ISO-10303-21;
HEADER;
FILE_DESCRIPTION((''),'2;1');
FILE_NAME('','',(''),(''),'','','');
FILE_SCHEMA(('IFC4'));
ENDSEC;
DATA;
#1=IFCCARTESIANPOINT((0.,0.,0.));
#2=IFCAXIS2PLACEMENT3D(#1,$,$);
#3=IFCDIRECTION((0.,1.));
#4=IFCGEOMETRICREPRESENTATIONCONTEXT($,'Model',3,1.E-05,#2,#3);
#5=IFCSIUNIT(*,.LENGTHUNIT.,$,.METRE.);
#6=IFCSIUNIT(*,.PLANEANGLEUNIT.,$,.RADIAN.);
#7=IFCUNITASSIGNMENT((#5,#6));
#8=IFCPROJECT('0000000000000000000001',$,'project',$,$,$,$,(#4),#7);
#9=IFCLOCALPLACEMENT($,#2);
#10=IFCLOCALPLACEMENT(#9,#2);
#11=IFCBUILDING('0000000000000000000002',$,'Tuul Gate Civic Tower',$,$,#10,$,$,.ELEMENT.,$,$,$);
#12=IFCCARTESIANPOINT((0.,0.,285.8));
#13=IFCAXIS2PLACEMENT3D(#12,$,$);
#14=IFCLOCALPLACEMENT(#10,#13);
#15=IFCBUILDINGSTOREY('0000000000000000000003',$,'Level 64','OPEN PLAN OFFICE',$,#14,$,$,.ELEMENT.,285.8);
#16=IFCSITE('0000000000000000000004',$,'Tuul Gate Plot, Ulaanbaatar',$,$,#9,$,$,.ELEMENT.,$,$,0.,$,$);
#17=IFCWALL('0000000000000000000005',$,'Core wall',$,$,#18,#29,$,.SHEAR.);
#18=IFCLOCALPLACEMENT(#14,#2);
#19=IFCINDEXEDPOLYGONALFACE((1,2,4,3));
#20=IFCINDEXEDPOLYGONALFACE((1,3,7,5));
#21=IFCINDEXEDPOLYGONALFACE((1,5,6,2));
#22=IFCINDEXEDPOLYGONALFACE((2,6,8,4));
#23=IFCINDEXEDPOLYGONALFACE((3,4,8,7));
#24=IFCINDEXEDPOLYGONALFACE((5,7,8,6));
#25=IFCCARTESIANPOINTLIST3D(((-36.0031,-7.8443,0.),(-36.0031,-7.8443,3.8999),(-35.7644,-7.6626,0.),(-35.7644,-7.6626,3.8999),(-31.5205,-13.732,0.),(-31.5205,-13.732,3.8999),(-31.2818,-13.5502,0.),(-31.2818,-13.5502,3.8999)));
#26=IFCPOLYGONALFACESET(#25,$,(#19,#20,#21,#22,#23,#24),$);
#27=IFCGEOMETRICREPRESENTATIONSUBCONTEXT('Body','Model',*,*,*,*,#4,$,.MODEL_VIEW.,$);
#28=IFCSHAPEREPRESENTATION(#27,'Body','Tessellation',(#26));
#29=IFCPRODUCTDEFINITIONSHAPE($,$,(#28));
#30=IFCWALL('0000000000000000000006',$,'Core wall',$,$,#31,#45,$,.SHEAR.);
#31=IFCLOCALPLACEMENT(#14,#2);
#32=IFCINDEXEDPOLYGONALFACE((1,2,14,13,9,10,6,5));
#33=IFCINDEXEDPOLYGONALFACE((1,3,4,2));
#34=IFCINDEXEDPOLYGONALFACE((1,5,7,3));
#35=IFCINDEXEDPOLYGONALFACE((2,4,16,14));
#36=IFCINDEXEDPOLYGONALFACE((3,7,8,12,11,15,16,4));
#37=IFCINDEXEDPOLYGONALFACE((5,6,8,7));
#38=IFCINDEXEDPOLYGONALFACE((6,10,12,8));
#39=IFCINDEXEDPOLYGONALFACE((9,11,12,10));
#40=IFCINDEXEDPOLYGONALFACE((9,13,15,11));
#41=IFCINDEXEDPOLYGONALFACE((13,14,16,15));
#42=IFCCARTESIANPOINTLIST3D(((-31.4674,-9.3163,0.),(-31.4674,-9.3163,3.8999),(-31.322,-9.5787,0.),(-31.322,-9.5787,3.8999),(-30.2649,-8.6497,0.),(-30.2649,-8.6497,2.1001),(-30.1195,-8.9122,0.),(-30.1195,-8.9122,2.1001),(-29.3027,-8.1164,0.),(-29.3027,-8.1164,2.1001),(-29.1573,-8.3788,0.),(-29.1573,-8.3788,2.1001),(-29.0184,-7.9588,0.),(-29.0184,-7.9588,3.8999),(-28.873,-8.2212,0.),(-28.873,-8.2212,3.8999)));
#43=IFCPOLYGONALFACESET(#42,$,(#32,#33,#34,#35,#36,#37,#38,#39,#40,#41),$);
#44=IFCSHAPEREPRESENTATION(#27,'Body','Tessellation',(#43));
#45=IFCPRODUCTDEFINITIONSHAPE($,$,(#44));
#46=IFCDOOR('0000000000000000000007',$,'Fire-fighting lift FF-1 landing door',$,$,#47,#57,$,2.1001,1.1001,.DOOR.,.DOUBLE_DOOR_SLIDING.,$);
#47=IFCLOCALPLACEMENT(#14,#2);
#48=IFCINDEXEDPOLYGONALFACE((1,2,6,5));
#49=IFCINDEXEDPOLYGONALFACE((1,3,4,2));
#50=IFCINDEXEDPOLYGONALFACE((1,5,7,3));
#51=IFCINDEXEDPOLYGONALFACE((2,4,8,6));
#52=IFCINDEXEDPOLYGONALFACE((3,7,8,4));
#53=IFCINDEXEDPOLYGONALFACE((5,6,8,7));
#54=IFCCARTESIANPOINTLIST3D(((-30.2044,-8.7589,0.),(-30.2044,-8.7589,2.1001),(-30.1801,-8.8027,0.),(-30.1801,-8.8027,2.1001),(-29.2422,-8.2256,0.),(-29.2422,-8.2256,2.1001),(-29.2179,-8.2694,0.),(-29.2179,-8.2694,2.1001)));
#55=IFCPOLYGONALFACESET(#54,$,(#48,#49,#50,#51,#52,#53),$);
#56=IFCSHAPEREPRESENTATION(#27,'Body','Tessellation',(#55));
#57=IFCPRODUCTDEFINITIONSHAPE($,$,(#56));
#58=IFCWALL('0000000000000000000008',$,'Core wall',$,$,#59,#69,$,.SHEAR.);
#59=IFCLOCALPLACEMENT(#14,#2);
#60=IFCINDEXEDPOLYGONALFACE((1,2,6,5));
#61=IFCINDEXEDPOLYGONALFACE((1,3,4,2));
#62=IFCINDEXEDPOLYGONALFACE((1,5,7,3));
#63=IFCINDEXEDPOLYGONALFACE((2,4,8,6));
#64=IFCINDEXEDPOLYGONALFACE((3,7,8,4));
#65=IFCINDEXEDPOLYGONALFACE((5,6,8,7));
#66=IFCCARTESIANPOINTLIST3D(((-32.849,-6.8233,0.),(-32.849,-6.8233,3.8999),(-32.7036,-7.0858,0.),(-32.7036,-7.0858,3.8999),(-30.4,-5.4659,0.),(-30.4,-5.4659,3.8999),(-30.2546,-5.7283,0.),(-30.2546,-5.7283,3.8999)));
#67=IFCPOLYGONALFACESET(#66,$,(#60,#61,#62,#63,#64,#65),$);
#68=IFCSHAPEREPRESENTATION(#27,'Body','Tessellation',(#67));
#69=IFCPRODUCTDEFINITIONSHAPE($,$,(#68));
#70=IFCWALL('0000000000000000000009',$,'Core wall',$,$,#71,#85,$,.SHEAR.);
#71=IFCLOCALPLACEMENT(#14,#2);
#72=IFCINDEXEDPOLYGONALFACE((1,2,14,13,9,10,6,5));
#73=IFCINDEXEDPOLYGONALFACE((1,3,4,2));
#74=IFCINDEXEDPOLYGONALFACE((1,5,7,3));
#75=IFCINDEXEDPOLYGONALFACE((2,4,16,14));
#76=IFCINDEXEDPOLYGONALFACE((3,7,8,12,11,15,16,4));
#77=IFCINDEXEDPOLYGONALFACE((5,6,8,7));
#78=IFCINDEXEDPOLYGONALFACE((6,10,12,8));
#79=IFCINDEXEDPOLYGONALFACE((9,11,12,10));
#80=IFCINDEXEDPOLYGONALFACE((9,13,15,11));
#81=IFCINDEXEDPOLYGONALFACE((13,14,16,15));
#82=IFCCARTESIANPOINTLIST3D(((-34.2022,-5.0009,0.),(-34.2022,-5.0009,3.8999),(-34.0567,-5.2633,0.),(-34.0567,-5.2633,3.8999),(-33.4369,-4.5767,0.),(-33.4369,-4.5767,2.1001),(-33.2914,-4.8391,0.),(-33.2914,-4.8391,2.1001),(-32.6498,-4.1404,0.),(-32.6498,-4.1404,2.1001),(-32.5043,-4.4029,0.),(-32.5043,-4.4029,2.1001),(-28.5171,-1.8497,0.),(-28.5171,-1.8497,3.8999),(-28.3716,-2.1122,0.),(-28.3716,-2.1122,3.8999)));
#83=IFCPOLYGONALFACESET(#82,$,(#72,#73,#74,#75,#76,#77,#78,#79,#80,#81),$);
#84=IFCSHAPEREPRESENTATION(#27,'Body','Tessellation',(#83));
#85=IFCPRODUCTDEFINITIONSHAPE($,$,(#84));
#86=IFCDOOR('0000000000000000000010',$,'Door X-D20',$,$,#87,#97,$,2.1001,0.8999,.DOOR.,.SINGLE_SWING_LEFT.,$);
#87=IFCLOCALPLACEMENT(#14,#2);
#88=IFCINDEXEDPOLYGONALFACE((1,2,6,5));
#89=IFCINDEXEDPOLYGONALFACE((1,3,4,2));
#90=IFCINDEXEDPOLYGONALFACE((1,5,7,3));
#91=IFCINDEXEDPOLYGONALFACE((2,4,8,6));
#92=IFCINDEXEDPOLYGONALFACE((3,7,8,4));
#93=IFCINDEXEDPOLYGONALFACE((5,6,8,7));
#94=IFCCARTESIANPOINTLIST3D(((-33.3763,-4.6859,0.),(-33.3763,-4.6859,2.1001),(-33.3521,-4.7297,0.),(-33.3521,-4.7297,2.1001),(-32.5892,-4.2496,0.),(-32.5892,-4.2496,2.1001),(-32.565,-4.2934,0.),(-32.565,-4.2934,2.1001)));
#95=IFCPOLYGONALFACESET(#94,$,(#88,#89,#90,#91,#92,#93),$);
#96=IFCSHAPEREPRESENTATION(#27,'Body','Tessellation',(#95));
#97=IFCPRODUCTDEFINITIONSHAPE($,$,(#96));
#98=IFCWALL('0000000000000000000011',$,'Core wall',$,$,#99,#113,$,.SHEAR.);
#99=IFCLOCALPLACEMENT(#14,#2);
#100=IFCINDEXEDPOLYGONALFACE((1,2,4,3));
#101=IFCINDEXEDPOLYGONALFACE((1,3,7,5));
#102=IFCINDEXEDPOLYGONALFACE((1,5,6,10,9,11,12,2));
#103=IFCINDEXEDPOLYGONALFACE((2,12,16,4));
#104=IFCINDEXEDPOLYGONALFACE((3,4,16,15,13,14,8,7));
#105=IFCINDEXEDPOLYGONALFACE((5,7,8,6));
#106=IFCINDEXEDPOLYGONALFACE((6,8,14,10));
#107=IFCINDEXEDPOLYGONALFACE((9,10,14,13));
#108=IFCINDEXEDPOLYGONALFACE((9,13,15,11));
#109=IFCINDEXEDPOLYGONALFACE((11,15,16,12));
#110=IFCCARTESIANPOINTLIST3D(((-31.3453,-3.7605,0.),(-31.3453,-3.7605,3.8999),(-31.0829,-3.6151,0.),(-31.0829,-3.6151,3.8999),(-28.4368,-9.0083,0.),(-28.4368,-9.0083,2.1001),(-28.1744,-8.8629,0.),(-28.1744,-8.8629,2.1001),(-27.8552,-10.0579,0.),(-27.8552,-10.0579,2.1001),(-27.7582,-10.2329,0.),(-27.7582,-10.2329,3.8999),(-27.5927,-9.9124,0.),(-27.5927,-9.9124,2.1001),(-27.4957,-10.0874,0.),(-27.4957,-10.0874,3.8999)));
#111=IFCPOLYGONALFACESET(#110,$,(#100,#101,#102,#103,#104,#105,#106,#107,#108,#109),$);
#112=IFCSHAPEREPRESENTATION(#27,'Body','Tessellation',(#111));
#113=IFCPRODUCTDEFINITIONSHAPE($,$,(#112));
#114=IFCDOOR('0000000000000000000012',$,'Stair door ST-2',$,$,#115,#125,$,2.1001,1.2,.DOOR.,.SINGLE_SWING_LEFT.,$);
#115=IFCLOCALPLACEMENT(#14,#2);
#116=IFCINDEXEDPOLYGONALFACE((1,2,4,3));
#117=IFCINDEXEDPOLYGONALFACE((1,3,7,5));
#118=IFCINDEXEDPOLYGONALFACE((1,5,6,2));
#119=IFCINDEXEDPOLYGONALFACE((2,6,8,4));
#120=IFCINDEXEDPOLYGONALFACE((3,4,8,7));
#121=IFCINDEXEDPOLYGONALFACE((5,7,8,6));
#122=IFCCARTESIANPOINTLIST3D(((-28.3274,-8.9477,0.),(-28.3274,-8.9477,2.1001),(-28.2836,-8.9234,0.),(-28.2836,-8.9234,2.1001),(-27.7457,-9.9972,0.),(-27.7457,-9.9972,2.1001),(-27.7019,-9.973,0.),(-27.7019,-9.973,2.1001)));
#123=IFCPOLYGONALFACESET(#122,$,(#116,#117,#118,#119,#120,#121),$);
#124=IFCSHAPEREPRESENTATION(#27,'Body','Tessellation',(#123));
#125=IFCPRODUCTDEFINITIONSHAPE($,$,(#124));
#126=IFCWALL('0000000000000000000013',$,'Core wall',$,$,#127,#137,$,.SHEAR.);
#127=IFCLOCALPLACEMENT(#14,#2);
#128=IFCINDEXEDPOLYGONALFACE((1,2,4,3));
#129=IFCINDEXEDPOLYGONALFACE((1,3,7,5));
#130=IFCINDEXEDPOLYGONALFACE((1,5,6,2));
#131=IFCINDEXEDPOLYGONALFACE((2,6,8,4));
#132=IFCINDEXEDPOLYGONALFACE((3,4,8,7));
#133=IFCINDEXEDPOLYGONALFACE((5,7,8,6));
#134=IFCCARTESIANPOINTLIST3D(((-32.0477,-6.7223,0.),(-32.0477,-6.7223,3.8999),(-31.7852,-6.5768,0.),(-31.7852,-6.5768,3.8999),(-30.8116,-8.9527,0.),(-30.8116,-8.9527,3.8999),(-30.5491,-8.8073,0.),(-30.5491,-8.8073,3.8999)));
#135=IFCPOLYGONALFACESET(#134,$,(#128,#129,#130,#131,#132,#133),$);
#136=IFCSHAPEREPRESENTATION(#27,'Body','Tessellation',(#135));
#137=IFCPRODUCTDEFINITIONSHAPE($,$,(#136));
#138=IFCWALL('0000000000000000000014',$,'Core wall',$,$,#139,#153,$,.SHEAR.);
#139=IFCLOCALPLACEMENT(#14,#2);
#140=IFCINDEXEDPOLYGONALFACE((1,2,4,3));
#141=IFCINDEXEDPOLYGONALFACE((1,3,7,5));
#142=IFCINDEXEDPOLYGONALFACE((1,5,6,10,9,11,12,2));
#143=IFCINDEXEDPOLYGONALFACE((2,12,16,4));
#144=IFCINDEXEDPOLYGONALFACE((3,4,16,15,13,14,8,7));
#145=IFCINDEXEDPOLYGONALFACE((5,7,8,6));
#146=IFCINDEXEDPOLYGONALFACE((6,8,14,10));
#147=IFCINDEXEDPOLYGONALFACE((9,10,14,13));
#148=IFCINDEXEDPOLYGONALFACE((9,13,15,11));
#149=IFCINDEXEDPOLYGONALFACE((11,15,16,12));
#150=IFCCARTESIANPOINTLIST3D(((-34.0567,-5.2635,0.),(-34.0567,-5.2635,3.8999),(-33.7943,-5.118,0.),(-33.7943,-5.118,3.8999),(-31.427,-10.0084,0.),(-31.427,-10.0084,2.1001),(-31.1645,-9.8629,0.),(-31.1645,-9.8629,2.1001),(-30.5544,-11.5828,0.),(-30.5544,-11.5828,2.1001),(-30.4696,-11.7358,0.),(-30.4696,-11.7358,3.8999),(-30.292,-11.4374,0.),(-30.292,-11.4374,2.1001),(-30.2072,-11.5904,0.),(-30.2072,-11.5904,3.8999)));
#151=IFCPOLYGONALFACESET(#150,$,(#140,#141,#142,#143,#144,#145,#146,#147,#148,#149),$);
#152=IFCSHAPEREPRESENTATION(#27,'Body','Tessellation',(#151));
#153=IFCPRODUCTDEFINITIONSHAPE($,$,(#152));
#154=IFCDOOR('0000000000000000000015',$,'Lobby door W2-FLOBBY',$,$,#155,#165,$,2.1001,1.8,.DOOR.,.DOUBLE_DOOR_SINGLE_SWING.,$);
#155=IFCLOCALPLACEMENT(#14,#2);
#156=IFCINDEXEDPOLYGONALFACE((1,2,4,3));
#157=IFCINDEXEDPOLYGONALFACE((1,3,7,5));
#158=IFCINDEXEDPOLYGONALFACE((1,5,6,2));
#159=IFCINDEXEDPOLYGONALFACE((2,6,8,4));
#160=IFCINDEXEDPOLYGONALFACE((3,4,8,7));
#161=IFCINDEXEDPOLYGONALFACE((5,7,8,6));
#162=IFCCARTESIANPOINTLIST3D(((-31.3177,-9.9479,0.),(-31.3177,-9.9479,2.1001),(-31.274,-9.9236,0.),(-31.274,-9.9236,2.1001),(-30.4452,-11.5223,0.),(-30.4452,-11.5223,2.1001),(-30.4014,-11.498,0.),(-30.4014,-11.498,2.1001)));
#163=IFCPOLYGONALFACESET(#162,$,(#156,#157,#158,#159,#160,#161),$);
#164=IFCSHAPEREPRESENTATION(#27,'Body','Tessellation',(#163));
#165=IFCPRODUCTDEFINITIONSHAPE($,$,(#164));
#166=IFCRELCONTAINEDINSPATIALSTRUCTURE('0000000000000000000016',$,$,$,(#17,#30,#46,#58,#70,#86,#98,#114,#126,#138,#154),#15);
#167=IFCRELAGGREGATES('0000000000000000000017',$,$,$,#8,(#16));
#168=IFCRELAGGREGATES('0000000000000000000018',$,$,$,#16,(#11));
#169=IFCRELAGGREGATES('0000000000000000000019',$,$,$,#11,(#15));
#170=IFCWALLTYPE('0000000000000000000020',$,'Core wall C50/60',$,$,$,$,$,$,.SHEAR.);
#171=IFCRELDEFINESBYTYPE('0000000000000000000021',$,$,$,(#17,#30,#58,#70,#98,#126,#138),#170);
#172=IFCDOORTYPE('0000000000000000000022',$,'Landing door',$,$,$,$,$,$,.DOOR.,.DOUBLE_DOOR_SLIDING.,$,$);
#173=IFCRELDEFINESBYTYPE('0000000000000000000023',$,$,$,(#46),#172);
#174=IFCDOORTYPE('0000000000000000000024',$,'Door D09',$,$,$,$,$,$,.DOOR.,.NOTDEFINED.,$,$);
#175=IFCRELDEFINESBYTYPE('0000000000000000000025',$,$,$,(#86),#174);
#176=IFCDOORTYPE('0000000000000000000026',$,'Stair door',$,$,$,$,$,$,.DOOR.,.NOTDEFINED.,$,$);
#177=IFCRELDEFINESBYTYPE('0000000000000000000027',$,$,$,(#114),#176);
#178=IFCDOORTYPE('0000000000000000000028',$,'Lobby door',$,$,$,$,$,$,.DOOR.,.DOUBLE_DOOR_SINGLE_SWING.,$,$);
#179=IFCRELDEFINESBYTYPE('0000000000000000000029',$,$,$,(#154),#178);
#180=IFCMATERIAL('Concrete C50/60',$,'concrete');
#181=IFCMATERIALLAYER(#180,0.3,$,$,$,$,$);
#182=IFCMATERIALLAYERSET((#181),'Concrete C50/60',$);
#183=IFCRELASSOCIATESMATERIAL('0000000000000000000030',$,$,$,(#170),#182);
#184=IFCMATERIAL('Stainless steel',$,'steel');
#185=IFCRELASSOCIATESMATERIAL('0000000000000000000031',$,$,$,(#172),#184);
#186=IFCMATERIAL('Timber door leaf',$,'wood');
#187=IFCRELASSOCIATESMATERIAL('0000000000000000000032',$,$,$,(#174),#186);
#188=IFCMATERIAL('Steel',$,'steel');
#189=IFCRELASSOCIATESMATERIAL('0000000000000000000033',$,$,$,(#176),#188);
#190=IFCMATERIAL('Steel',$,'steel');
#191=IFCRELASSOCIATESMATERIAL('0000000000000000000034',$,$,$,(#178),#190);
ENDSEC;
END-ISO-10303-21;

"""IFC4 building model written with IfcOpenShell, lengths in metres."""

from ifc_helpers import new_model, si_unit, direction, frame, frame_2d, origin, place, context, subcontext, project, spatial, rectangle, extrude, material, layer, layer_set, type_object, element, fill, save


model = new_model("IFC4")

# Units and contexts
model_context = context("Model", 3, precision=1e-05, world=origin(), true_north=direction((0.0, 1.0)))
body_context = subcontext(model_context, "Body", "Model", "MODEL_VIEW")
ifc_project = project(units=[si_unit("LENGTHUNIT", "METRE"), si_unit("PLANEANGLEUNIT", "RADIAN")], contexts=[model_context])

# Site, building, storey
site_placement = place(None, origin())
site = spatial("IfcSite", under=ifc_project, at=site_placement, Name="Tuul Gate Plot, Ulaanbaatar", CompositionType="ELEMENT", RefElevation=0.0)
building_placement = place(site_placement, origin())
building = spatial("IfcBuilding", under=site, at=building_placement, Name="Tuul Gate Civic Tower", CompositionType="ELEMENT")
storey_placement = place(building_placement, frame((0.0, 0.0, 285.8)))
storey = spatial("IfcBuildingStorey", under=building, at=storey_placement, Name="Level 64", Description="OPEN PLAN OFFICE", CompositionType="ELEMENT", Elevation=285.8)

# Wall
ifc_material_1 = material(Name="Concrete C50/60", Category="concrete")
ifc_layer_1 = layer(ifc_material_1, 0.3)
ifc_layer_set_1 = layer_set([ifc_layer_1], Name="Concrete C50/60")
wall_type_1 = type_object("IfcWallType", Name="Core wall C50/60", PredefinedType="SHEAR", material=ifc_layer_set_1)
wall_1_placement = place(storey_placement, frame((-31.4011, -13.6411, 0.0), z_axis=(0.0, 0.0, 1.0), x_axis=(-0.60577, 0.79564, 0.0)))
element("IfcWall", 1, at=wall_1_placement, inside=storey, type_object=wall_type_1, Name="Core wall", PredefinedType="SHEAR", context=body_context, shape_type="SweptSolid", body=[
    extrude(rectangle(XDim=7.3999, YDim=0.3, at=frame_2d((3.7, 0.0))), origin(), (0.0, 0.0, 1.0), 3.8999),
])

# Wall, opening, door
wall_2_placement = place(storey_placement, frame((-28.9458, -8.0901, 0.0), z_axis=(0.0, 0.0, 1.0), x_axis=(-0.87463, -0.484791, 0.0)))
wall_2 = element("IfcWall", 2, at=wall_2_placement, inside=storey, type_object=wall_type_1, Name="Core wall", PredefinedType="SHEAR", context=body_context, shape_type="SweptSolid", body=[
    extrude(rectangle(XDim=2.8, YDim=0.3, at=frame_2d((1.3999, 0.0))), origin(), (0.0, 0.0, 1.0), 3.8999),
])
opening_1_placement = place(wall_2_placement, frame((0.325, 0.0, 0.0)))
opening_1 = element("IfcOpeningElement", 3, at=opening_1_placement, cuts=wall_2, PredefinedType="OPENING", context=body_context, shape_type="SweptSolid", body=[
    extrude(rectangle(XDim=1.1001, YDim=2.1001, at=frame_2d((0.55, 1.05))), frame((0.0, 0.1602, 0.0), z_axis=(0.0, -1.0, 0.0), x_axis=(1.0, 0.0, 0.0)), (0.0, 0.0, 1.0), 0.3201),
])
ifc_material_2 = material(Name="Stainless steel", Category="steel")
door_type_1 = type_object("IfcDoorType", Name="Landing door", OperationType="DOUBLE_DOOR_SLIDING", PredefinedType="DOOR", material=ifc_material_2)
door_1_placement = place(opening_1_placement, origin())
door_1 = element("IfcDoor", 4, at=door_1_placement, inside=storey, type_object=door_type_1, Name="Fire-fighting lift FF-1 landing door", OperationType="DOUBLE_DOOR_SLIDING", OverallHeight=2.1001, OverallWidth=1.1001, PredefinedType="DOOR", context=body_context, shape_type="SweptSolid", body=[
    extrude(rectangle(XDim=1.1001, YDim=2.1001, at=frame_2d((0.55, 1.05))), frame((0.0, 0.0249, 0.0), z_axis=(0.0, -1.0, 0.0), x_axis=(1.0, 0.0, 0.0)), (0.0, 0.0, 1.0), 0.05),
])
fill(opening_1, door_1)

# Wall
wall_3_placement = place(storey_placement, frame((-30.3274, -5.5972, 0.0), z_axis=(0.0, 0.0, 1.0), x_axis=(-0.87463, -0.484791, 0.0)))
element("IfcWall", 5, at=wall_3_placement, inside=storey, type_object=wall_type_1, Name="Core wall", PredefinedType="SHEAR", context=body_context, shape_type="SweptSolid", body=[
    extrude(rectangle(XDim=2.8, YDim=0.3, at=frame_2d((1.3999, 0.0))), origin(), (0.0, 0.0, 1.0), 3.8999),
])

# Walls, openings, doors
wall_4_placement = place(storey_placement, frame((-28.4443, -1.981, 0.0), z_axis=(0.0, 0.0, 1.0), x_axis=(-0.87463, -0.484791, 0.0)))
wall_4 = element("IfcWall", 6, at=wall_4_placement, inside=storey, type_object=wall_type_1, Name="Core wall", PredefinedType="SHEAR", context=body_context, shape_type="SweptSolid", body=[
    extrude(rectangle(XDim=6.5, YDim=0.3, at=frame_2d((3.25, 0.0))), origin(), (0.0, 0.0, 1.0), 3.8999),
])
opening_2_placement = place(wall_4_placement, frame((4.7251, 0.0, 0.0)))
opening_2 = element("IfcOpeningElement", 7, at=opening_2_placement, cuts=wall_4, PredefinedType="OPENING", context=body_context, shape_type="SweptSolid", body=[
    extrude(rectangle(XDim=0.8999, YDim=2.1001, at=frame_2d((0.45, 1.05))), frame((0.0, 0.1602, 0.0), z_axis=(0.0, -1.0, 0.0), x_axis=(1.0, 0.0, 0.0)), (0.0, 0.0, 1.0), 0.3201),
])
ifc_material_3 = material(Name="Timber door leaf", Category="wood")
door_type_2 = type_object("IfcDoorType", Name="Door D09", OperationType="NOTDEFINED", PredefinedType="DOOR", material=ifc_material_3)
door_2_placement = place(opening_2_placement, origin())
door_2 = element("IfcDoor", 8, at=door_2_placement, inside=storey, type_object=door_type_2, Name="Door X-D20", OperationType="SINGLE_SWING_LEFT", OverallHeight=2.1001, OverallWidth=0.8999, PredefinedType="DOOR", context=body_context, shape_type="SweptSolid", body=[
    extrude(rectangle(XDim=0.8999, YDim=2.1001, at=frame_2d((0.45, 1.05))), frame((0.0, 0.0249, 0.0), z_axis=(0.0, -1.0, 0.0), x_axis=(1.0, 0.0, 0.0)), (0.0, 0.0, 1.0), 0.05),
])
fill(opening_2, door_2)
wall_5_placement = place(storey_placement, frame((-27.627, -10.1602, 0.0), z_axis=(0.0, 0.0, 1.0), x_axis=(-0.484752, 0.874652, 0.0)))
wall_5 = element("IfcWall", 9, at=wall_5_placement, inside=storey, type_object=wall_type_1, Name="Core wall", PredefinedType="SHEAR", context=body_context, shape_type="SweptSolid", body=[
    extrude(rectangle(XDim=7.3999, YDim=0.3, at=frame_2d((3.7, 0.0))), origin(), (0.0, 0.0, 1.0), 3.8999),
])
opening_3_placement = place(wall_5_placement, frame((0.2, 0.0, 0.0)))
opening_3 = element("IfcOpeningElement", 10, at=opening_3_placement, cuts=wall_5, PredefinedType="OPENING", context=body_context, shape_type="SweptSolid", body=[
    extrude(rectangle(XDim=1.2, YDim=2.1001, at=frame_2d((0.6001, 1.05))), frame((0.0, 0.1602, 0.0), z_axis=(0.0, -1.0, 0.0), x_axis=(1.0, 0.0, 0.0)), (0.0, 0.0, 1.0), 0.3201),
])
ifc_material_4 = material(Name="Steel", Category="steel")
door_type_3 = type_object("IfcDoorType", Name="Stair door", OperationType="NOTDEFINED", PredefinedType="DOOR", material=ifc_material_4)
door_3_placement = place(opening_3_placement, origin())
door_3 = element("IfcDoor", 11, at=door_3_placement, inside=storey, type_object=door_type_3, Name="Stair door ST-2", OperationType="SINGLE_SWING_LEFT", OverallHeight=2.1001, OverallWidth=1.2, PredefinedType="DOOR", context=body_context, shape_type="SweptSolid", body=[
    extrude(rectangle(XDim=1.2, YDim=2.1001, at=frame_2d((0.6001, 1.05))), frame((0.0, 0.0249, 0.0), z_axis=(0.0, -1.0, 0.0), x_axis=(1.0, 0.0, 0.0)), (0.0, 0.0, 1.0), 0.05),
])
fill(opening_3, door_3)

# Wall
wall_6_placement = place(storey_placement, frame((-30.6804, -8.8799, 0.0), z_axis=(0.0, 0.0, 1.0), x_axis=(-0.484724, 0.874667, 0.0)))
element("IfcWall", 12, at=wall_6_placement, inside=storey, type_object=wall_type_1, Name="Core wall", PredefinedType="SHEAR", context=body_context, shape_type="SweptSolid", body=[
    extrude(rectangle(XDim=2.55, YDim=0.3, at=frame_2d((1.2749, 0.0))), origin(), (0.0, 0.0, 1.0), 3.8999),
])

# Wall, opening, door
wall_7_placement = place(storey_placement, frame((-30.3384, -11.6631, 0.0), z_axis=(0.0, 0.0, 1.0), x_axis=(-0.484752, 0.874652, 0.0)))
wall_7 = element("IfcWall", 13, at=wall_7_placement, inside=storey, type_object=wall_type_1, Name="Core wall", PredefinedType="SHEAR", context=body_context, shape_type="SweptSolid", body=[
    extrude(rectangle(XDim=7.3999, YDim=0.3, at=frame_2d((3.7, 0.0))), origin(), (0.0, 0.0, 1.0), 3.8999),
])
opening_4_placement = place(wall_7_placement, frame((0.175, 0.0, 0.0)))
opening_4 = element("IfcOpeningElement", 14, at=opening_4_placement, cuts=wall_7, PredefinedType="OPENING", context=body_context, shape_type="SweptSolid", body=[
    extrude(rectangle(XDim=1.8, YDim=2.1001, at=frame_2d((0.8999, 1.05))), frame((0.0, 0.1602, 0.0), z_axis=(0.0, -1.0, 0.0), x_axis=(1.0, 0.0, 0.0)), (0.0, 0.0, 1.0), 0.3201),
])
ifc_material_5 = material(Name="Steel", Category="steel")
door_type_4 = type_object("IfcDoorType", Name="Lobby door", OperationType="DOUBLE_DOOR_SINGLE_SWING", PredefinedType="DOOR", material=ifc_material_5)
door_4_placement = place(opening_4_placement, frame((1.8, 0.0, 0.0), z_axis=(0.0, 0.0, 1.0), x_axis=(-1.0, 0.0, 0.0)))
door_4 = element("IfcDoor", 15, at=door_4_placement, inside=storey, type_object=door_type_4, Name="Lobby door W2-FLOBBY", OperationType="DOUBLE_DOOR_SINGLE_SWING", OverallHeight=2.1001, OverallWidth=1.8, PredefinedType="DOOR", context=body_context, shape_type="SweptSolid", body=[
    extrude(rectangle(XDim=1.8, YDim=2.1001, at=frame_2d((0.9001, 1.05))), frame((0.0, 0.0249, 0.0), z_axis=(0.0, -1.0, 0.0), x_axis=(1.0, 0.0, 0.0)), (0.0, 0.0, 1.0), 0.05),
])
fill(opening_4, door_4)

save(model, "model.ifc")
